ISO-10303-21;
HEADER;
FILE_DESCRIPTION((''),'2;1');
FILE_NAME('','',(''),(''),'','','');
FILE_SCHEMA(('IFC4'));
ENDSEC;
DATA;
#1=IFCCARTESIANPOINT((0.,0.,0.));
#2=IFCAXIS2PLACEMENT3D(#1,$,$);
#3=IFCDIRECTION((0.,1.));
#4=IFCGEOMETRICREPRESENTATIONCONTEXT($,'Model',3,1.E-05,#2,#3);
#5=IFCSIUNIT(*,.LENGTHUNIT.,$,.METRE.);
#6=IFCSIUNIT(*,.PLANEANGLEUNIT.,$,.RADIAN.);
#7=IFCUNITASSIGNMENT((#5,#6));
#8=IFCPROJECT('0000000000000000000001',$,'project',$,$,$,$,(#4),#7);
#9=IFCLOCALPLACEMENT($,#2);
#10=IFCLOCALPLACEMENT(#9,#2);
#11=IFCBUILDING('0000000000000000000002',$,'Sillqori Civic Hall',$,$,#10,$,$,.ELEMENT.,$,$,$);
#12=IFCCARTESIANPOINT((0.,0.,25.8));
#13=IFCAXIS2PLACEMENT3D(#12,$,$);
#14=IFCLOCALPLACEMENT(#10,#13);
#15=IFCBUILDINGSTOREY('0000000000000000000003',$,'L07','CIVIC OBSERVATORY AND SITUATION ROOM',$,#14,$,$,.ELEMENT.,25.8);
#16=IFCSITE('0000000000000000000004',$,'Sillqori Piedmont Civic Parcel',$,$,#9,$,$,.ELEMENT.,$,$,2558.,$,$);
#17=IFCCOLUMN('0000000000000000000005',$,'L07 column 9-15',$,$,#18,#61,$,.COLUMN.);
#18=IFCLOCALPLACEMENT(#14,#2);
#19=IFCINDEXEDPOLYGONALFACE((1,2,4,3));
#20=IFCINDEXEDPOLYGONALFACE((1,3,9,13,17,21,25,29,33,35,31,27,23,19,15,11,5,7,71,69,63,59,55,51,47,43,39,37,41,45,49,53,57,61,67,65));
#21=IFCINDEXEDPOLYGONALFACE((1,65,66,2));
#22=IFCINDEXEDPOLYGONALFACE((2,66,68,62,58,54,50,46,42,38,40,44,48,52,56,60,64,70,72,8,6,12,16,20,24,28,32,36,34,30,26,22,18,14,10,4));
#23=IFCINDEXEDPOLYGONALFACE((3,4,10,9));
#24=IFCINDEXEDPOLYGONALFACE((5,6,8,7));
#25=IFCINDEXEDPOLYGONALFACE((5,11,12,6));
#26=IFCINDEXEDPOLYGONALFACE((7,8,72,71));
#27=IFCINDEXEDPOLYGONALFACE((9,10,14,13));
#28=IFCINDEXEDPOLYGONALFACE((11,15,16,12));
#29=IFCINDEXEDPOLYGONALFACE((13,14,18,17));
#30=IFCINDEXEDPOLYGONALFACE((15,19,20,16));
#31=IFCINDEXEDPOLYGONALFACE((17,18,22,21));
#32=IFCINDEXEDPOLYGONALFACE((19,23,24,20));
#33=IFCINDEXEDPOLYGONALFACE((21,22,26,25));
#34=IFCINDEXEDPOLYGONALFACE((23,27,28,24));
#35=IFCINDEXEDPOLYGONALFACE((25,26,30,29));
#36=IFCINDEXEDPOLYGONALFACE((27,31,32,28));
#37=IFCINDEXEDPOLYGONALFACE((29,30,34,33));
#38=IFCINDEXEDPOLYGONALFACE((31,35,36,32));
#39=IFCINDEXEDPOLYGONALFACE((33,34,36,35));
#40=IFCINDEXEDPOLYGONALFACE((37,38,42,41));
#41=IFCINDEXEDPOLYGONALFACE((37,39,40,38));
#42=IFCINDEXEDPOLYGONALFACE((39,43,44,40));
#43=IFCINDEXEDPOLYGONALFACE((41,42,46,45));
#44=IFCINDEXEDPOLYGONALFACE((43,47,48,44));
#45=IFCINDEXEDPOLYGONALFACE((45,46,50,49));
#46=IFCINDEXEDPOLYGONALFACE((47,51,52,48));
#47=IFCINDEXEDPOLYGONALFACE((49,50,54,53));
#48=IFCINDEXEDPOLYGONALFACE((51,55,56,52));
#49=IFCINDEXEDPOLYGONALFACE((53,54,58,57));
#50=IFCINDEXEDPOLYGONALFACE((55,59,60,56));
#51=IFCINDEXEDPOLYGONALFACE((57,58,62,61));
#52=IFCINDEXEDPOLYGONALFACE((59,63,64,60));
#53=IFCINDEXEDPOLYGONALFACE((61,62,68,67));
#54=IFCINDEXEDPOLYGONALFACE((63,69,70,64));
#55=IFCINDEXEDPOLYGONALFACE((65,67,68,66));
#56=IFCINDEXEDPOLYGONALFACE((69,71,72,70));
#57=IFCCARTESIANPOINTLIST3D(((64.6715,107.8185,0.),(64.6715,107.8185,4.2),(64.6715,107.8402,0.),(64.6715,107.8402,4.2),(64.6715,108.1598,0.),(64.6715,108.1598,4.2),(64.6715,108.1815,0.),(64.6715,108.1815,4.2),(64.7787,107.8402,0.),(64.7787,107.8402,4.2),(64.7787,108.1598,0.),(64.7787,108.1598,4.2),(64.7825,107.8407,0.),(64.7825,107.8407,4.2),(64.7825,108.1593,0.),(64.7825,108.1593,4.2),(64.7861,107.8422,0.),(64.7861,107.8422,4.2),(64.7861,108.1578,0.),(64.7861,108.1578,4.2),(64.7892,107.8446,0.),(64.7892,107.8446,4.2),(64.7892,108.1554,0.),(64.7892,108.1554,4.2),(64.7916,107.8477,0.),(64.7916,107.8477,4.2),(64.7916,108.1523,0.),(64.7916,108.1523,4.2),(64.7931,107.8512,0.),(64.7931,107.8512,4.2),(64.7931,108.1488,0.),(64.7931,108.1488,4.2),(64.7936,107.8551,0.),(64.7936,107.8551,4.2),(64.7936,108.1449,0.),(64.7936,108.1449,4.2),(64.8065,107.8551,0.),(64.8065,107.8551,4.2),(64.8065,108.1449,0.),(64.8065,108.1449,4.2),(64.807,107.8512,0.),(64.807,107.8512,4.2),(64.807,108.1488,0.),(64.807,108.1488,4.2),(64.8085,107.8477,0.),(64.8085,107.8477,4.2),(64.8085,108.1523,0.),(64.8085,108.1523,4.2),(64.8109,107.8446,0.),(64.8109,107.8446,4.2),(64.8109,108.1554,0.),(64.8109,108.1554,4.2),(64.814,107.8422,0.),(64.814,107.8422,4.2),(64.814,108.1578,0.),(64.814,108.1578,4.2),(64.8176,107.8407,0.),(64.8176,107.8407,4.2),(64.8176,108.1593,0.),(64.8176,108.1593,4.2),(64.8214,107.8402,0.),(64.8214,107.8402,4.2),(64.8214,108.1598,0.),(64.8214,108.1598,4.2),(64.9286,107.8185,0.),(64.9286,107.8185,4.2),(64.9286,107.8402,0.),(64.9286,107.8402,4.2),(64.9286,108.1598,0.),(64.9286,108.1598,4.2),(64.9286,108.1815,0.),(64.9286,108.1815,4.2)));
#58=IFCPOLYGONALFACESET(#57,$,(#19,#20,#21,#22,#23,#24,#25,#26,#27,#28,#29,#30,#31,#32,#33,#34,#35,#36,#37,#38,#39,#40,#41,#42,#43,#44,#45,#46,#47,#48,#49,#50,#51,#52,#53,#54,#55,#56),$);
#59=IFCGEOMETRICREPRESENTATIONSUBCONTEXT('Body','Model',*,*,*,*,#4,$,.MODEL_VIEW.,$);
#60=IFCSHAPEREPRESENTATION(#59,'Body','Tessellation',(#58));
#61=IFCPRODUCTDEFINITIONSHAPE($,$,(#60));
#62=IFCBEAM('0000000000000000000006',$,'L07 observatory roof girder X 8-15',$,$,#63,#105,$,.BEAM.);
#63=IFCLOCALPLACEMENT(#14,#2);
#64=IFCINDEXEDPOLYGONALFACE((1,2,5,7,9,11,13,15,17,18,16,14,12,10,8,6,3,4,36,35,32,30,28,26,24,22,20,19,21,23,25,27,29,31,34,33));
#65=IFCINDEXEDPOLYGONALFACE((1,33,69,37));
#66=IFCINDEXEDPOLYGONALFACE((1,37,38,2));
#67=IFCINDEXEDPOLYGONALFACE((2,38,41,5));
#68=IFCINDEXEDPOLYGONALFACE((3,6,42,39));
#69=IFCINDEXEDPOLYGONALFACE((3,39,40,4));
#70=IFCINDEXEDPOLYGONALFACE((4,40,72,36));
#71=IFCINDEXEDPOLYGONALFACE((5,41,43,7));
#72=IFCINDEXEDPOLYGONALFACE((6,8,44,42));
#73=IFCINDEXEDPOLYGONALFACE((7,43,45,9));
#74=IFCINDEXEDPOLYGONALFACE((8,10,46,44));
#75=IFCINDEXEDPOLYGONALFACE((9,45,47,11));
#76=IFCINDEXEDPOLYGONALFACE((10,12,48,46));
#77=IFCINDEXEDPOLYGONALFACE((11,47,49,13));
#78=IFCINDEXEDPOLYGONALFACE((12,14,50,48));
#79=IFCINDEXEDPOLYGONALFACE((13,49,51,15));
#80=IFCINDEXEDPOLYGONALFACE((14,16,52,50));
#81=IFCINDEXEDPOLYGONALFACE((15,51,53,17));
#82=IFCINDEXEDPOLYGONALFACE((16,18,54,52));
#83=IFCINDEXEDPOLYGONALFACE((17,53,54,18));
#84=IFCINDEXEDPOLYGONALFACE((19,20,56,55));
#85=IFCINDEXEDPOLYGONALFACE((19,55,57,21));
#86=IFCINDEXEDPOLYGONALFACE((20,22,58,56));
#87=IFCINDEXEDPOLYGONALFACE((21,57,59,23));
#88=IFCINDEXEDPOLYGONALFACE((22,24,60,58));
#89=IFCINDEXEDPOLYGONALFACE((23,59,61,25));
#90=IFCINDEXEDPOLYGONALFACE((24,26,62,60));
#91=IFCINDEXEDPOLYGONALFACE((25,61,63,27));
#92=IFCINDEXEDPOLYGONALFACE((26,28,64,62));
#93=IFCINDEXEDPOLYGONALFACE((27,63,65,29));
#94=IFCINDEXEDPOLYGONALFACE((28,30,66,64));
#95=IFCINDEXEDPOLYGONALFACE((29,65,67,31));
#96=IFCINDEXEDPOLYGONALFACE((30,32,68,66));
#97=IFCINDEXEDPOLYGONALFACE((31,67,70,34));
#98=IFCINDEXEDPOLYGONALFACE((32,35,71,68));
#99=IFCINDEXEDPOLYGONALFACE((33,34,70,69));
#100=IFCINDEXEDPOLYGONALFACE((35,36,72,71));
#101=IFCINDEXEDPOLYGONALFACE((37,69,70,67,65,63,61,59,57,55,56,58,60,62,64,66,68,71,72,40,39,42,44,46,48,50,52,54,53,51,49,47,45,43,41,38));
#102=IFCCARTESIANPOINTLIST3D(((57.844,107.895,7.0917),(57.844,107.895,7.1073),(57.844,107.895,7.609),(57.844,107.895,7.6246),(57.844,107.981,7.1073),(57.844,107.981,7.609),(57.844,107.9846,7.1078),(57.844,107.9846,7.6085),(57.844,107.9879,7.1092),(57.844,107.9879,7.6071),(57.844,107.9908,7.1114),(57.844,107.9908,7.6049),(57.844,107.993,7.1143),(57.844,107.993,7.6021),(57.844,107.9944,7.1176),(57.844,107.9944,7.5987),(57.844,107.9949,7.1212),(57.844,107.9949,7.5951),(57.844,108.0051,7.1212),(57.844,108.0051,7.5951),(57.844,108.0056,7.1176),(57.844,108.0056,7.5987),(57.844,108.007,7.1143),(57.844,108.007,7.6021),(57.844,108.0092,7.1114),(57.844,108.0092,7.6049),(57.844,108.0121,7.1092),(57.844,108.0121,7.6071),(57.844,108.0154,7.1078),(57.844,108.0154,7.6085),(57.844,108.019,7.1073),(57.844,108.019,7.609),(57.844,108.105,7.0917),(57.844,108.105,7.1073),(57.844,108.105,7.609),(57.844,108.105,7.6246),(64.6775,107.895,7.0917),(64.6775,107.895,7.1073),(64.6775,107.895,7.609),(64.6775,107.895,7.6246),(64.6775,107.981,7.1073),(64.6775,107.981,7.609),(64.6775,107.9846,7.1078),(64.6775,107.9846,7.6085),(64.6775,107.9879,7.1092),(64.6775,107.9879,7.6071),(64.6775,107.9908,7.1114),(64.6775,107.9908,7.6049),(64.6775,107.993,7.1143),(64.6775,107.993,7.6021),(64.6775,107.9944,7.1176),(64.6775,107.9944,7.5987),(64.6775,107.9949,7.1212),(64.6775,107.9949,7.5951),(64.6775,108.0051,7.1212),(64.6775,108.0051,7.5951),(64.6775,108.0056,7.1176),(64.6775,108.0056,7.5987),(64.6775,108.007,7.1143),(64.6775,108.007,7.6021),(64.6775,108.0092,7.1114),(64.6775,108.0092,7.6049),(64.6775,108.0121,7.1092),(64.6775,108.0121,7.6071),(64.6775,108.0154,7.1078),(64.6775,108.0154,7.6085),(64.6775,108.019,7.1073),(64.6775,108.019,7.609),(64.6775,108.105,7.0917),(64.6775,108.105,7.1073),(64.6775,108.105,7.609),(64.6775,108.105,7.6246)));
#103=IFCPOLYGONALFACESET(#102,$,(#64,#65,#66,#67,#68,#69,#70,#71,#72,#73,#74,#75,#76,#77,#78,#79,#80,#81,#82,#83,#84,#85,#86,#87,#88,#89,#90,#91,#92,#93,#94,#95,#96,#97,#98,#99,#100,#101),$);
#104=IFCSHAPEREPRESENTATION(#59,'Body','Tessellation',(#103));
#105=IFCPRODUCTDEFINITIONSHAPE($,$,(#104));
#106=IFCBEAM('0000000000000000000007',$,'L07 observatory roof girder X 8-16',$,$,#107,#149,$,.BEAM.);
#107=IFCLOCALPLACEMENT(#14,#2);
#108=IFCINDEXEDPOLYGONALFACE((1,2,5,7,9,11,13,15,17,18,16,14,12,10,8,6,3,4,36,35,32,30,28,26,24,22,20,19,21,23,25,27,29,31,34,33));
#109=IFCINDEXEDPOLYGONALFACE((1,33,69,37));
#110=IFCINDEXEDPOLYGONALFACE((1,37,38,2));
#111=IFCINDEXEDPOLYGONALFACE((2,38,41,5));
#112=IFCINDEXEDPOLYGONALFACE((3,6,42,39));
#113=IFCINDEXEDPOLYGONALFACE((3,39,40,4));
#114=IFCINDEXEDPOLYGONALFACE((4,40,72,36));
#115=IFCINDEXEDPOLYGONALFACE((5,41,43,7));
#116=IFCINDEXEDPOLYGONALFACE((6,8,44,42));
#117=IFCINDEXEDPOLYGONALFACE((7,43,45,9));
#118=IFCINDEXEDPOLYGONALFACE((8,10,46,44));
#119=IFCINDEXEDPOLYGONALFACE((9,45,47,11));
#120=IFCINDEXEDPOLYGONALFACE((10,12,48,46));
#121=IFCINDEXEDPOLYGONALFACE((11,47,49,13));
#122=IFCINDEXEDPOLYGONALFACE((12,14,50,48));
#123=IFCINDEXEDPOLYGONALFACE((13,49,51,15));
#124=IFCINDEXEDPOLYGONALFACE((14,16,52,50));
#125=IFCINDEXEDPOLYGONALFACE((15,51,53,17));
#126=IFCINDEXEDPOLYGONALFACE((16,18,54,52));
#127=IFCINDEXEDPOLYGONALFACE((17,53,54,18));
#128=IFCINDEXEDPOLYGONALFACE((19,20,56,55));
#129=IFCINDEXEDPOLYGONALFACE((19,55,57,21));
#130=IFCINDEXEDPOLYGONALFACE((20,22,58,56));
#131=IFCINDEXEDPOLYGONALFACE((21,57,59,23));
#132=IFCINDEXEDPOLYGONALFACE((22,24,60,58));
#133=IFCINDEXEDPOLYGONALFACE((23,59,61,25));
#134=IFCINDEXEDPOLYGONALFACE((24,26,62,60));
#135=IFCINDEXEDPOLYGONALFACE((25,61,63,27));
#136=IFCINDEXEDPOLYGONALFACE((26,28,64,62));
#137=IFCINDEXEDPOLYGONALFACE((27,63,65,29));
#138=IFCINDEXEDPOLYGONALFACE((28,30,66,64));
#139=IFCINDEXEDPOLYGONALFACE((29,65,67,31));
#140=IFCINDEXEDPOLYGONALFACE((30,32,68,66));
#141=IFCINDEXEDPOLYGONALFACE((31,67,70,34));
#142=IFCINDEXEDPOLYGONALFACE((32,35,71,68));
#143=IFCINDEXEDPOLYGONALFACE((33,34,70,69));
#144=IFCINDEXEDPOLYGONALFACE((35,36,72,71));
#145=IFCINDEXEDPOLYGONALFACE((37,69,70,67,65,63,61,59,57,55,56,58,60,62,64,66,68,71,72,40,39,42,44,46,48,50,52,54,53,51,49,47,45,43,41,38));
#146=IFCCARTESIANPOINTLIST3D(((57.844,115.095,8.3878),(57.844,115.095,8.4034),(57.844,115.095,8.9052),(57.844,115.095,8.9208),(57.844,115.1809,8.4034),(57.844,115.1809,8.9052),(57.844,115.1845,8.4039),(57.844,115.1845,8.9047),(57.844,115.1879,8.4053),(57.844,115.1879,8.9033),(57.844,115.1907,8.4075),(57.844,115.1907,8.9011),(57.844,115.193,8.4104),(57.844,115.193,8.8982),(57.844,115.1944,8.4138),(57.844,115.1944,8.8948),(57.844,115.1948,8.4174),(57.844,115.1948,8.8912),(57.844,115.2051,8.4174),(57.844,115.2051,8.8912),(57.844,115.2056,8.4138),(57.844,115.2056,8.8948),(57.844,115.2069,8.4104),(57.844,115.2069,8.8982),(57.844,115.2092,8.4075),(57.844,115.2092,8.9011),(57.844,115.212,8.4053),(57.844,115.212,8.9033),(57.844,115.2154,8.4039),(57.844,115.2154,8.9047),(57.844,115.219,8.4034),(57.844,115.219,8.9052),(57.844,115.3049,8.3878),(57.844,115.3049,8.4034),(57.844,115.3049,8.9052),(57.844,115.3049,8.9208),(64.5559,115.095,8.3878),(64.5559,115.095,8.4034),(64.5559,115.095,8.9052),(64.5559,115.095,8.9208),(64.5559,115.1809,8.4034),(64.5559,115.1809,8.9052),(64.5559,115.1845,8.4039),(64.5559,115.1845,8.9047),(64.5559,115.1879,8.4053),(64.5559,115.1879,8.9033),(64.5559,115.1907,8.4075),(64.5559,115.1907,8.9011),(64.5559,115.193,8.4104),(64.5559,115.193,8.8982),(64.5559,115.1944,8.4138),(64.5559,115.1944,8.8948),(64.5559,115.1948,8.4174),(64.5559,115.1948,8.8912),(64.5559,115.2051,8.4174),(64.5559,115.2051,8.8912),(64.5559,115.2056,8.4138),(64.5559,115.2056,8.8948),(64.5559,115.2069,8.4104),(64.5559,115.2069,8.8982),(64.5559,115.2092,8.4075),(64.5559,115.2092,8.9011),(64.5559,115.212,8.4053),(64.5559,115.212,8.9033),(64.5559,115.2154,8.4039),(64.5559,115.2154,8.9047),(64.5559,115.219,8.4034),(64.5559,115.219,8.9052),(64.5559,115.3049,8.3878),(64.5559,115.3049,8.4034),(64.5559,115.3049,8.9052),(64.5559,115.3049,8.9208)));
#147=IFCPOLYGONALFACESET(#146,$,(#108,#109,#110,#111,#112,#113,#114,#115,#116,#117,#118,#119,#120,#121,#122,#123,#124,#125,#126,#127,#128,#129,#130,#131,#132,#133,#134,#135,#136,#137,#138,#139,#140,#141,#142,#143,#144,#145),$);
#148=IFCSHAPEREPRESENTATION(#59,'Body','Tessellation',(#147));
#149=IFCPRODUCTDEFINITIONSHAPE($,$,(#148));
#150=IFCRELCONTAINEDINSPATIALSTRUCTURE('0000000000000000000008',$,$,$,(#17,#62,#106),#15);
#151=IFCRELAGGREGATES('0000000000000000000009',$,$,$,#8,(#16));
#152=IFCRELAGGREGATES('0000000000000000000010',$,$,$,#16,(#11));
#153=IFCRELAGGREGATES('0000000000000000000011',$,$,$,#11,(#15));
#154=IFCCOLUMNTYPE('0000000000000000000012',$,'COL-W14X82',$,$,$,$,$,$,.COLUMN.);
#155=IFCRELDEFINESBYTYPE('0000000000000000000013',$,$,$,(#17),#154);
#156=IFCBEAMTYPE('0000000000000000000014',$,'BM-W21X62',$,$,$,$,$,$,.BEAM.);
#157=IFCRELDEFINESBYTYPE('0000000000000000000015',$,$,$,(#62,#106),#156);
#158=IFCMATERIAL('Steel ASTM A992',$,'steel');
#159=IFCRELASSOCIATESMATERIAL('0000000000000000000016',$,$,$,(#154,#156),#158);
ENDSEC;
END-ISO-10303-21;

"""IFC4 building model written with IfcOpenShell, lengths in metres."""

from ifc_helpers import new_model, si_unit, direction, frame, origin, origin_2d, place, context, subcontext, project, spatial, i_section, extrude, material, material_profile, profile_set, type_object, element, save


model = new_model("IFC4")

# Units and contexts
model_context = context("Model", 3, precision=1e-05, world=origin(), true_north=direction((0.0, 1.0)))
body_context = subcontext(model_context, "Body", "Model", "MODEL_VIEW")
ifc_project = project(units=[si_unit("LENGTHUNIT", "METRE"), si_unit("PLANEANGLEUNIT", "RADIAN")], contexts=[model_context])

# Site, building, storey
site_placement = place(None, origin())
site = spatial("IfcSite", under=ifc_project, at=site_placement, Name="Sillqori Piedmont Civic Parcel", CompositionType="ELEMENT", RefElevation=2558.0)
building_placement = place(site_placement, origin())
building = spatial("IfcBuilding", under=site, at=building_placement, Name="Sillqori Civic Hall", CompositionType="ELEMENT")
storey_placement = place(building_placement, frame((0.0, 0.0, 25.8)))
storey = spatial("IfcBuildingStorey", under=building, at=storey_placement, Name="L07", Description="CIVIC OBSERVATORY AND SITUATION ROOM", CompositionType="ELEMENT", Elevation=25.8)

# Column
ifc_material = material(Name="Steel ASTM A992", Category="steel")
ifc_material_profile_1 = material_profile(ifc_material, i_section(OverallWidth=0.2571, OverallDepth=0.363, WebThickness=0.0129, FlangeThickness=0.0217, FilletRadius=0.0149, at=origin_2d()), Name="W14X82")
ifc_profile_set_1 = profile_set([ifc_material_profile_1], Name="Steel ASTM A992")
column_type = type_object("IfcColumnType", Name="COL-W14X82", PredefinedType="COLUMN", material=ifc_profile_set_1)
column_placement = place(storey_placement, frame((64.8, 108.0, 0.0), z_axis=(0.0, 0.0, 1.0), x_axis=(1.0, 0.0, 0.0)))
element("IfcColumn", 1, at=column_placement, inside=storey, type_object=column_type, Name="L07 column 9-15", PredefinedType="COLUMN", context=body_context, shape_type="SweptSolid", body=[
    extrude(i_section(OverallWidth=0.2571, OverallDepth=0.363, WebThickness=0.0129, FlangeThickness=0.0217, FilletRadius=0.0149, at=origin_2d()), origin(), (0.0, 0.0, 1.0), 4.2),
])

# Beams
ifc_material_profile_2 = material_profile(ifc_material, i_section(OverallWidth=0.21, OverallDepth=0.533, WebThickness=0.0103, FlangeThickness=0.0156, FilletRadius=0.0139, at=origin_2d()), Name="W21X62")
ifc_profile_set_2 = profile_set([ifc_material_profile_2], Name="Steel ASTM A992")
beam_type = type_object("IfcBeamType", Name="BM-W21X62", PredefinedType="BEAM", material=ifc_profile_set_2)
beam_1_placement = place(storey_placement, frame((57.844, 108.0, 7.3582), z_axis=(1.0, 0.0, 0.0), x_axis=(0.0, 1.0, 0.0)))
element("IfcBeam", 2, at=beam_1_placement, inside=storey, type_object=beam_type, Name="L07 observatory roof girder X 8-15", PredefinedType="BEAM", context=body_context, shape_type="SweptSolid", body=[
    extrude(i_section(OverallWidth=0.21, OverallDepth=0.533, WebThickness=0.0103, FlangeThickness=0.0156, FilletRadius=0.0139, at=origin_2d()), origin(), (0.0, 0.0, 1.0), 6.8335),
])
beam_2_placement = place(storey_placement, frame((57.844, 115.2, 8.6543), z_axis=(1.0, 0.0, 0.0), x_axis=(0.0, 1.0, 0.0)))
element("IfcBeam", 3, at=beam_2_placement, inside=storey, type_object=beam_type, Name="L07 observatory roof girder X 8-16", PredefinedType="BEAM", context=body_context, shape_type="SweptSolid", body=[
    extrude(i_section(OverallWidth=0.21, OverallDepth=0.533, WebThickness=0.0103, FlangeThickness=0.0156, FilletRadius=0.0139, at=origin_2d()), origin(), (0.0, 0.0, 1.0), 6.7119),
])

save(model, "model.ifc")
